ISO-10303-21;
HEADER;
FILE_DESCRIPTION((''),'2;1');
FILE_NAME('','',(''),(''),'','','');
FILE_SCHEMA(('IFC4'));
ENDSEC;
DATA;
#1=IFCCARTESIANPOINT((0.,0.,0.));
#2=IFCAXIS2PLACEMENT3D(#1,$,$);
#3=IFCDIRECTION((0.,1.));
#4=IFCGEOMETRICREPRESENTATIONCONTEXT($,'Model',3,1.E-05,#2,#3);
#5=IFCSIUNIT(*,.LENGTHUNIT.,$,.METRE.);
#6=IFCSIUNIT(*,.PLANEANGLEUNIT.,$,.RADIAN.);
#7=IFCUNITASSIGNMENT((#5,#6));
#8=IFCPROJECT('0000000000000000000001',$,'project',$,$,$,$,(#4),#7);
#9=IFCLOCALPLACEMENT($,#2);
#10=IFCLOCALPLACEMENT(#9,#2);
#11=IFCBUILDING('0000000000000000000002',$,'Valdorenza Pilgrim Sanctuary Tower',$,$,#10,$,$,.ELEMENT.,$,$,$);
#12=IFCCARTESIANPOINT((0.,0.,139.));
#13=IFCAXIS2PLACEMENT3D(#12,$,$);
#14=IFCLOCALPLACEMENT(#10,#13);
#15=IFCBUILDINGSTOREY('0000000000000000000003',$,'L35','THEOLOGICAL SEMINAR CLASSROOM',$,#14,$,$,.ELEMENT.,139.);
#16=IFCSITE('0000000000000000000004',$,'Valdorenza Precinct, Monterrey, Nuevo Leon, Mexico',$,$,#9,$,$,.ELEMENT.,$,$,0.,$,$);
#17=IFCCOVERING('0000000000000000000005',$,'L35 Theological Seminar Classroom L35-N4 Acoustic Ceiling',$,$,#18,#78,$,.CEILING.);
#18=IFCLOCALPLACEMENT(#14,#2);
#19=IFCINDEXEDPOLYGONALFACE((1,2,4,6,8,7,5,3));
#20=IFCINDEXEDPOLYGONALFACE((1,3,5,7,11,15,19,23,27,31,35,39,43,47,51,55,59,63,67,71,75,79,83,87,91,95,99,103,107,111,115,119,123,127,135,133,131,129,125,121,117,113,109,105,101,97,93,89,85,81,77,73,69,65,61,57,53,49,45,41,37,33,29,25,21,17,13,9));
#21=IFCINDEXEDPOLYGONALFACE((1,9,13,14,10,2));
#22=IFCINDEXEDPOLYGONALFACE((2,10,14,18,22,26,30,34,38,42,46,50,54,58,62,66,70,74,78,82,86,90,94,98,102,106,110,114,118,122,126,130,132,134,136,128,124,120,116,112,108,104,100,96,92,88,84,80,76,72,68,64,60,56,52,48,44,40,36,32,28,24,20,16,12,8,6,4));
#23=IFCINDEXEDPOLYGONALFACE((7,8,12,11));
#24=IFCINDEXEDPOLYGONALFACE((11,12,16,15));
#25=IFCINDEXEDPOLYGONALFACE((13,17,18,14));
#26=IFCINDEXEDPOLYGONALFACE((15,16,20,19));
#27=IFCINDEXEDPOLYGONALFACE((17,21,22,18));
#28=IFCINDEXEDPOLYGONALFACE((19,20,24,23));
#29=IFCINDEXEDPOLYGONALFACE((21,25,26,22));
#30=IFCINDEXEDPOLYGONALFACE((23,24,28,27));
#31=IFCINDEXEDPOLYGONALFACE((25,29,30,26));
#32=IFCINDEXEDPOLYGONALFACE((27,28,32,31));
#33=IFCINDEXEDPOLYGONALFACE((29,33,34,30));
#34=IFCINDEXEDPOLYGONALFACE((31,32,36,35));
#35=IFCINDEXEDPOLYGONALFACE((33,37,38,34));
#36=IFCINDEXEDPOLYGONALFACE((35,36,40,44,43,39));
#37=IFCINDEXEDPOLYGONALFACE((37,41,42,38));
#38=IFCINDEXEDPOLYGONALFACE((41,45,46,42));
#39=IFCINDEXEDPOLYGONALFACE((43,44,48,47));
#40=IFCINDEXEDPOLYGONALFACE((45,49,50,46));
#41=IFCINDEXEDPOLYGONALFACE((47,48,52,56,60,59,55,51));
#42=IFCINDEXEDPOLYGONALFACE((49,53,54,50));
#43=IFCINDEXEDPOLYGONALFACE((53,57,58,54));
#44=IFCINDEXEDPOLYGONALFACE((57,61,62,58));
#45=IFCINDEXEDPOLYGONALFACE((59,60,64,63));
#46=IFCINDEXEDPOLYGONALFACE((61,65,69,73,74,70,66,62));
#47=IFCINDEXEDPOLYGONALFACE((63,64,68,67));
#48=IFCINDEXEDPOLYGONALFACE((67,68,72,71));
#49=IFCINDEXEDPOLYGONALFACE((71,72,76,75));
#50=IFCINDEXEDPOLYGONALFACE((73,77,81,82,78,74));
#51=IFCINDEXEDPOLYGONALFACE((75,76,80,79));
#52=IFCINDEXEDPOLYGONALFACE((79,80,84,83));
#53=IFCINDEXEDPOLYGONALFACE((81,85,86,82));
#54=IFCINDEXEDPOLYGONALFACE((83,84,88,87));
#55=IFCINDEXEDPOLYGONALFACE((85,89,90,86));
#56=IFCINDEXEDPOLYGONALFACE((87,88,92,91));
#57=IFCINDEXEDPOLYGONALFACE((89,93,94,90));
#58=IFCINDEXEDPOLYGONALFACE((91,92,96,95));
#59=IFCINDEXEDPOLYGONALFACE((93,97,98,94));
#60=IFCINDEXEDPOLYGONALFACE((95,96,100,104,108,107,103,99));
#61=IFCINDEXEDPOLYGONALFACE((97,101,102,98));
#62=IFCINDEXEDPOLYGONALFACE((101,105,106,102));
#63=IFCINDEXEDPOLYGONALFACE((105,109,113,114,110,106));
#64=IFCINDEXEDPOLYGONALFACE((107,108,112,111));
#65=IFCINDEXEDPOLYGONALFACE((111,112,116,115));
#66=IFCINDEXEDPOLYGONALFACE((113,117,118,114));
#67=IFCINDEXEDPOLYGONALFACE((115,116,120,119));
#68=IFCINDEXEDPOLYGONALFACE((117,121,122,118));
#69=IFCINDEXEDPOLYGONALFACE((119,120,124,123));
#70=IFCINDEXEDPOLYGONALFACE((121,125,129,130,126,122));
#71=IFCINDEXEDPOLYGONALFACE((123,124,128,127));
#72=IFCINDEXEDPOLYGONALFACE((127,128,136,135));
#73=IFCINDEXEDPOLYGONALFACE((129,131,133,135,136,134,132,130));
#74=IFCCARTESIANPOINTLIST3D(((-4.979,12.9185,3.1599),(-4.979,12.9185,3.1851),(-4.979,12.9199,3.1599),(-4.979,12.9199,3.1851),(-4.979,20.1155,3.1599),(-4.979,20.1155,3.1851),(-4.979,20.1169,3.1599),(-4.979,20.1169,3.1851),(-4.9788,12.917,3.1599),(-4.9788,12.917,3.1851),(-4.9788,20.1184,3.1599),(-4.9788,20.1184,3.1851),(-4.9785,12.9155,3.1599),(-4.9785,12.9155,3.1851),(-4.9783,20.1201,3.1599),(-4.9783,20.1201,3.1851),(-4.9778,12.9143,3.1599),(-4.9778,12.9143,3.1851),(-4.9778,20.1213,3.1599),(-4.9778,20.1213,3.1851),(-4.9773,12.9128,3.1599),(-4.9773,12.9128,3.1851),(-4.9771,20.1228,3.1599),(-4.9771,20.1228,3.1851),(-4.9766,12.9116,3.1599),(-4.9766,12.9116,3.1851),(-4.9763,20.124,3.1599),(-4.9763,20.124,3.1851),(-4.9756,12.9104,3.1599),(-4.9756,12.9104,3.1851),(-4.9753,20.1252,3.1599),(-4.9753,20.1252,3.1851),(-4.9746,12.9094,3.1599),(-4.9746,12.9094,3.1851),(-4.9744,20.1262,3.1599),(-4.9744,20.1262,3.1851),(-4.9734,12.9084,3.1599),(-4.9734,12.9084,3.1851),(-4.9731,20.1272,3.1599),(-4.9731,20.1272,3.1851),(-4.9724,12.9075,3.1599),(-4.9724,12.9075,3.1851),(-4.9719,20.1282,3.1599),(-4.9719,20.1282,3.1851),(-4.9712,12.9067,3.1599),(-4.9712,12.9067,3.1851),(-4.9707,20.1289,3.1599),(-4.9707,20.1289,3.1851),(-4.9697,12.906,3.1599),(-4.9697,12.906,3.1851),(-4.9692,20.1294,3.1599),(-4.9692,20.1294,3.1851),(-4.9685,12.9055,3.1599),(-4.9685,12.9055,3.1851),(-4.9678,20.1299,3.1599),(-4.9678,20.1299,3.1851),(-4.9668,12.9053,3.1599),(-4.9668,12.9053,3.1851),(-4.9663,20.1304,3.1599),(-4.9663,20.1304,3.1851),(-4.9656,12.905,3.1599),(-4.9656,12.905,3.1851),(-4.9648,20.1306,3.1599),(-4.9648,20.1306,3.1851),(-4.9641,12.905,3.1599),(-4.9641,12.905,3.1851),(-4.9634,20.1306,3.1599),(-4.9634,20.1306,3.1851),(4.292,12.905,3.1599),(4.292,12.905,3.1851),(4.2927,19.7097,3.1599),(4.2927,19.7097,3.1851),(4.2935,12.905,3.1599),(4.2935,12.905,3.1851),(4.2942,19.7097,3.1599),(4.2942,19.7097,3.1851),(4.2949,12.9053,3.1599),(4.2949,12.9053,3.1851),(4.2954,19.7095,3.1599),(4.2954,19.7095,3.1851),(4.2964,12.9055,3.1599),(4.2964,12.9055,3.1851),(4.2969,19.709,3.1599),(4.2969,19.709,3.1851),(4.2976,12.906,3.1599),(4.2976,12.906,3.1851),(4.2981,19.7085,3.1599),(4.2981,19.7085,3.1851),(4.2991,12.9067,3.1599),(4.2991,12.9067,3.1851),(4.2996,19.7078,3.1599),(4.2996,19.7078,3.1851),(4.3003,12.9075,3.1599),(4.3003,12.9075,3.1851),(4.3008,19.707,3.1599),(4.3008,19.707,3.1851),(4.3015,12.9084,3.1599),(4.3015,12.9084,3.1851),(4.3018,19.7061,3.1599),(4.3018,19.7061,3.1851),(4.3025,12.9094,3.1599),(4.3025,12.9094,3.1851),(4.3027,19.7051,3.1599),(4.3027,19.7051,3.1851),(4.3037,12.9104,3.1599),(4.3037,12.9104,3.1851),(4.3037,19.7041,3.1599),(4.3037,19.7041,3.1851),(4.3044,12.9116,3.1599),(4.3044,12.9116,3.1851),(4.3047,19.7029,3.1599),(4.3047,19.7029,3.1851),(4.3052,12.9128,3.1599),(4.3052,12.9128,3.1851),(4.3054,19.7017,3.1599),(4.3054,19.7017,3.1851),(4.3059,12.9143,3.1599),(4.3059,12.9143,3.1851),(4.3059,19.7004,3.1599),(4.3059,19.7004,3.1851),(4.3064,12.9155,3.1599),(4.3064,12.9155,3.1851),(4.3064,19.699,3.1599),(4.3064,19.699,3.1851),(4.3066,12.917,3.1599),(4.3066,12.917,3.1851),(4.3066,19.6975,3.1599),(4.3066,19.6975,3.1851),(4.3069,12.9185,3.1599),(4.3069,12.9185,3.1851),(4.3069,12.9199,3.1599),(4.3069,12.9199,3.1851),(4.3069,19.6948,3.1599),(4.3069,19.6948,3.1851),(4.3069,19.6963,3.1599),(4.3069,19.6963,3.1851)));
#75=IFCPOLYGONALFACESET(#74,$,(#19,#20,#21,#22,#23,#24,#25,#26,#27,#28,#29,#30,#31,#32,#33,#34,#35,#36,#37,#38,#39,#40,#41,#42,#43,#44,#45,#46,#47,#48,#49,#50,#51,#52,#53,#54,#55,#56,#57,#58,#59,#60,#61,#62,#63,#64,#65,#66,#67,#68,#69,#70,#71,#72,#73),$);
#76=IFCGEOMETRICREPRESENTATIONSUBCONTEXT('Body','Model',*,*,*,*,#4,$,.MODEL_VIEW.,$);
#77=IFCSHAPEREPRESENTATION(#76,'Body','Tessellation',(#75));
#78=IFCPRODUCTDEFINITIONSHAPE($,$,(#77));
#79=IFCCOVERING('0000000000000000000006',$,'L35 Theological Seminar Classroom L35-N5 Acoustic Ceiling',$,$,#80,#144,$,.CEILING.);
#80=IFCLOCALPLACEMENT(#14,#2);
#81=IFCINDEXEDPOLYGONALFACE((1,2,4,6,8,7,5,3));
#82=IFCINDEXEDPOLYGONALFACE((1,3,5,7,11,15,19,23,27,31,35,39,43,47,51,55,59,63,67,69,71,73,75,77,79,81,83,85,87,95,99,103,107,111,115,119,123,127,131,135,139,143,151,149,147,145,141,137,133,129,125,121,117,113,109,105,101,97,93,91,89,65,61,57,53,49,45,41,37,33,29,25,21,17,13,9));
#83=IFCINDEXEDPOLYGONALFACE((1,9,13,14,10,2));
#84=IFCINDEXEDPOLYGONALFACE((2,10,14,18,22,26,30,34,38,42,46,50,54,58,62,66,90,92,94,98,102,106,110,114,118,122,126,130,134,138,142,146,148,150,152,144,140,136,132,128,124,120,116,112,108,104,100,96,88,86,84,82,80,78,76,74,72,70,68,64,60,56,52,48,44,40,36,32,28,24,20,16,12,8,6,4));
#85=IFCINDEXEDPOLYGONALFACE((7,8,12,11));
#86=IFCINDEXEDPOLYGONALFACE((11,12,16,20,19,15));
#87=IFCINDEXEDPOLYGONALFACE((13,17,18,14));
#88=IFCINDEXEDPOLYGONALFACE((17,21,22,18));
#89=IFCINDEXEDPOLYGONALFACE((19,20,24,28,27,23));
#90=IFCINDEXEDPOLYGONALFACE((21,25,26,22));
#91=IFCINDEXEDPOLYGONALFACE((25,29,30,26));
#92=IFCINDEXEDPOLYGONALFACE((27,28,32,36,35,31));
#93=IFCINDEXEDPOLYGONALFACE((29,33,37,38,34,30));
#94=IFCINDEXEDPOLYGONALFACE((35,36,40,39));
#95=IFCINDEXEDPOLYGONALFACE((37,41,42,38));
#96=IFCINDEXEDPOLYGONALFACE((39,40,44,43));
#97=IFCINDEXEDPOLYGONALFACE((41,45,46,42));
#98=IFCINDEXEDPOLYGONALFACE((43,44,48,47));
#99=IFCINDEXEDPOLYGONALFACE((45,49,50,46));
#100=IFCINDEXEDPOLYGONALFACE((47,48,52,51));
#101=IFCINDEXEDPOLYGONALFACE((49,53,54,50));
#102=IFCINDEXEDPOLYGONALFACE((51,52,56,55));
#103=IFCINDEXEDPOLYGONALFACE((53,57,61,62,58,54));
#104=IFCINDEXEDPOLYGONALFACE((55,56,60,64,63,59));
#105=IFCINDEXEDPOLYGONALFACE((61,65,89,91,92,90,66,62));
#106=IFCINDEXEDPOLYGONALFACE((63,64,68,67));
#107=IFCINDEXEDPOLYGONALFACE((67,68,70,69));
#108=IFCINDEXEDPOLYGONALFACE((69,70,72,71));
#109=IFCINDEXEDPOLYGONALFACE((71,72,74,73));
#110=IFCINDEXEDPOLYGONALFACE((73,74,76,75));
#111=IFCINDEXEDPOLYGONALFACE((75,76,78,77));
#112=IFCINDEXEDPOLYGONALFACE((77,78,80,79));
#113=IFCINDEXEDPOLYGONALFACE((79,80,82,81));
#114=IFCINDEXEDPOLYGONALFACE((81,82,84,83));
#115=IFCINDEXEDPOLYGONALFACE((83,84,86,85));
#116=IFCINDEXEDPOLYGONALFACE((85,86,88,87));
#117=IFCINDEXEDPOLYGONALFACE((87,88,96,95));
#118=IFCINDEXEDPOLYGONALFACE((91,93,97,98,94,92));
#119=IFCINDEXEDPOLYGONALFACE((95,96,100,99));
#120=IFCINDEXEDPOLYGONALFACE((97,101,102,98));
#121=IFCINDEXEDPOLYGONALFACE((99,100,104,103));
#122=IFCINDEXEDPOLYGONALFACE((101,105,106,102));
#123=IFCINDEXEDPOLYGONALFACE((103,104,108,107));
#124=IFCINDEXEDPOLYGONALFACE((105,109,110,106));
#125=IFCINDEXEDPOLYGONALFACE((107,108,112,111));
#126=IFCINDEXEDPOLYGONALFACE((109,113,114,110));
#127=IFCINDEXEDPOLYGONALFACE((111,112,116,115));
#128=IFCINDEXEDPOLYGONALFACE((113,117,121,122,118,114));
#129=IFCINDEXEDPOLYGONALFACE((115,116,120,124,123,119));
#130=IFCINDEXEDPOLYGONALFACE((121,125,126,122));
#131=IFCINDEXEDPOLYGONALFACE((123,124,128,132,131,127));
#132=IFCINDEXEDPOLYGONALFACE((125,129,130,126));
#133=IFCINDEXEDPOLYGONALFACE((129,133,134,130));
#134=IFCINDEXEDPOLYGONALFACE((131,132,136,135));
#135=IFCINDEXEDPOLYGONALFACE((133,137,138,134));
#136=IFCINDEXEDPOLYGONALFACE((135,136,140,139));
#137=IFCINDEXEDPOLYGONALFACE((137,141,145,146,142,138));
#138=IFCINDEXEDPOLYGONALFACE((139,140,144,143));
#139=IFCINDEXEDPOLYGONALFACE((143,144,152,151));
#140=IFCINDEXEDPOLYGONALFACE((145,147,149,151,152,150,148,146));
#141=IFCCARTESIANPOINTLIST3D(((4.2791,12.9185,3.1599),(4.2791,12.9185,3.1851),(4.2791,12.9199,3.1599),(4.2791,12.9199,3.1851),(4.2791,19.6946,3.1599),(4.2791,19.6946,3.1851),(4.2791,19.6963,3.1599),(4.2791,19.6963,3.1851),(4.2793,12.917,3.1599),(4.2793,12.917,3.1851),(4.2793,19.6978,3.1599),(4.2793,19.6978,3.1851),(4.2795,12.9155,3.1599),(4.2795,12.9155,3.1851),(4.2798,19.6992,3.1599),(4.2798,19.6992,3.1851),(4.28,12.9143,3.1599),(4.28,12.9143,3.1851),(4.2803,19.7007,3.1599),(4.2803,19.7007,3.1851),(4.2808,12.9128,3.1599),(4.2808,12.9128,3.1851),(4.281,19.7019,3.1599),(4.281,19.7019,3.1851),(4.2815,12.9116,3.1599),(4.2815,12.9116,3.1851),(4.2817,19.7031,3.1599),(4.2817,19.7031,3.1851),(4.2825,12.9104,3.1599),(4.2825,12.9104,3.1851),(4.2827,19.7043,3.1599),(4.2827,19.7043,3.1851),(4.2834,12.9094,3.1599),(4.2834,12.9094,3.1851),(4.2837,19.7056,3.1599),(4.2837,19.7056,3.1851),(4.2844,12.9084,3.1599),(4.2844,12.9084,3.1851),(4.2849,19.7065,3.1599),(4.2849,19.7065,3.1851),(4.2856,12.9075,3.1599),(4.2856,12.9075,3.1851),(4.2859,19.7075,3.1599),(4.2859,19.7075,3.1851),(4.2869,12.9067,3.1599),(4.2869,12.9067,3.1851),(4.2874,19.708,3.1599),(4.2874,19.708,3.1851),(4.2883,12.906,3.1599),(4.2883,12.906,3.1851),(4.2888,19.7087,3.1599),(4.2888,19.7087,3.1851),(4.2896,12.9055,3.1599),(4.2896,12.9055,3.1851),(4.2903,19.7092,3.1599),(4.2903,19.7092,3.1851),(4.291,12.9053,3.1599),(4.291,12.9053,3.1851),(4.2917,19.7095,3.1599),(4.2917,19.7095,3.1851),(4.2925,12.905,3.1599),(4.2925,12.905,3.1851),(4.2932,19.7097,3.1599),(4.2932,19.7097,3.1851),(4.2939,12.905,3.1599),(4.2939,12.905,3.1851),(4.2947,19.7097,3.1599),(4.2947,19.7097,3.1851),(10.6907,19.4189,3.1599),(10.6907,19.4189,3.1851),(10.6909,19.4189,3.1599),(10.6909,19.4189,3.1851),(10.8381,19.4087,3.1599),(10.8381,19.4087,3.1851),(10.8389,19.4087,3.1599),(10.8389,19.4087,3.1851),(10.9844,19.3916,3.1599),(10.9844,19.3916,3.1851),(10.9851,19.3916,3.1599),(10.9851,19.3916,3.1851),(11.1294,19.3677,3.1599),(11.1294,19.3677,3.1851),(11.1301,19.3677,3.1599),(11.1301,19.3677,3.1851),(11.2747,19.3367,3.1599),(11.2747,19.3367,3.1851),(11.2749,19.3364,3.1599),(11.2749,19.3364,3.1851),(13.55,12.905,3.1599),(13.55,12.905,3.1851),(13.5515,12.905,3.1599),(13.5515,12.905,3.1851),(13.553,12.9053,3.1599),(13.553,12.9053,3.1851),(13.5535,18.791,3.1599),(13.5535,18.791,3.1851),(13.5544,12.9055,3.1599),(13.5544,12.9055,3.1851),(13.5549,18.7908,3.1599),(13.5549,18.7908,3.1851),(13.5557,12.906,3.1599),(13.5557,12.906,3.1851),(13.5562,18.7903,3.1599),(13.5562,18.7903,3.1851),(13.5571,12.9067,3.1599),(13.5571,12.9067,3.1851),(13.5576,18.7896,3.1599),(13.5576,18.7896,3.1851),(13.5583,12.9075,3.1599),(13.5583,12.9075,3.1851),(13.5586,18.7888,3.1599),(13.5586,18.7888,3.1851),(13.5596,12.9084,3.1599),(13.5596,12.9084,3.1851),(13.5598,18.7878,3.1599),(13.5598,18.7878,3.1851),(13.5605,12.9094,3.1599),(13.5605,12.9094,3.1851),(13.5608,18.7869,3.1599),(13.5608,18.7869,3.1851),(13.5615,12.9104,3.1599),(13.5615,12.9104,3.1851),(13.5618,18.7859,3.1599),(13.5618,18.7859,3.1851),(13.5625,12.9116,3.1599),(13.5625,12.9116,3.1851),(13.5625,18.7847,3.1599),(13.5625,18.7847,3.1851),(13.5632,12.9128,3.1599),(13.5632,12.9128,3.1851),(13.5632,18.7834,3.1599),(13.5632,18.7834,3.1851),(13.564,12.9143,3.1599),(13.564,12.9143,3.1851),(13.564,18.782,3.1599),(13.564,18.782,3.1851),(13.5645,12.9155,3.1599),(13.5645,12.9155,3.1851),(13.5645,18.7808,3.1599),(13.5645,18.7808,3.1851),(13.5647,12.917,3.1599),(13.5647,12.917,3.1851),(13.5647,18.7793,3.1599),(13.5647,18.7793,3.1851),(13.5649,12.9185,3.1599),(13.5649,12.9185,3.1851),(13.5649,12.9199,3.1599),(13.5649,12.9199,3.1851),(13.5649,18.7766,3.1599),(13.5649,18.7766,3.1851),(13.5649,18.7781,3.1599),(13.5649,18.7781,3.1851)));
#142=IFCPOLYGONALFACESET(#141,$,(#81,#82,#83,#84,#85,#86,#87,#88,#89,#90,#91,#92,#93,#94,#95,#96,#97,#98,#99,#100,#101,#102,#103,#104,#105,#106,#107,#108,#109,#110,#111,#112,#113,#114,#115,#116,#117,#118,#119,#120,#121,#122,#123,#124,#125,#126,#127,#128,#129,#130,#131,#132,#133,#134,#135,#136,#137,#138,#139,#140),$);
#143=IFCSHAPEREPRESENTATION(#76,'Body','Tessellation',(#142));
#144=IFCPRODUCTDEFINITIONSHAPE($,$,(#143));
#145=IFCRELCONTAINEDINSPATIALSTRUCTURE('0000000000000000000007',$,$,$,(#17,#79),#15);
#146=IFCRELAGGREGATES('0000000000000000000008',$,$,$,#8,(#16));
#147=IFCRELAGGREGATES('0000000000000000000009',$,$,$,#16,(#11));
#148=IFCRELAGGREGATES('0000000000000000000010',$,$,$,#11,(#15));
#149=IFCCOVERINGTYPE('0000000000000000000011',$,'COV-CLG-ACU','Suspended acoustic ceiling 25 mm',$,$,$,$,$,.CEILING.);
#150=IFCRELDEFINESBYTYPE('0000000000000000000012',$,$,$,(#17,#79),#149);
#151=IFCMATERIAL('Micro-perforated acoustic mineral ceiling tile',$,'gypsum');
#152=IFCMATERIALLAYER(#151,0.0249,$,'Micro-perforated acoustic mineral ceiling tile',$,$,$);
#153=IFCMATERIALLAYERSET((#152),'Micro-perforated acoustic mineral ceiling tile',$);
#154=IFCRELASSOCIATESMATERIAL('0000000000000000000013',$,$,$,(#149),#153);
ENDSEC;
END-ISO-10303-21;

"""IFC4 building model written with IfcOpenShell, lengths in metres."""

from ifc_helpers import new_model, si_unit, direction, frame, origin, place, context, subcontext, project, spatial, polyline, outline, extrude, material, layer, layer_set, type_object, element, save


model = new_model("IFC4")

# Units and contexts
model_context = context("Model", 3, precision=1e-05, world=origin(), true_north=direction((0.0, 1.0)))
body_context = subcontext(model_context, "Body", "Model", "MODEL_VIEW")
ifc_project = project(units=[si_unit("LENGTHUNIT", "METRE"), si_unit("PLANEANGLEUNIT", "RADIAN")], contexts=[model_context])

# Site, building, storey
site_placement = place(None, origin())
site = spatial("IfcSite", under=ifc_project, at=site_placement, Name="Valdorenza Precinct, Monterrey, Nuevo Leon, Mexico", CompositionType="ELEMENT", RefElevation=0.0)
building_placement = place(site_placement, origin())
building = spatial("IfcBuilding", under=site, at=building_placement, Name="Valdorenza Pilgrim Sanctuary Tower", CompositionType="ELEMENT")
storey_placement = place(building_placement, frame((0.0, 0.0, 139.0)))
storey = spatial("IfcBuildingStorey", under=building, at=storey_placement, Name="L35", Description="THEOLOGICAL SEMINAR CLASSROOM", CompositionType="ELEMENT", Elevation=139.0)

# Coverings
ifc_material_1 = material(Name="Micro-perforated acoustic mineral ceiling tile", Category="gypsum")
ifc_layer_1 = layer(ifc_material_1, 0.0249, Name="Micro-perforated acoustic mineral ceiling tile")
ifc_layer_set_1 = layer_set([ifc_layer_1], Name="Micro-perforated acoustic mineral ceiling tile")
covering_type_1 = type_object("IfcCoveringType", Name="COV-CLG-ACU", Description="Suspended acoustic ceiling 25 mm", PredefinedType="CEILING", material=ifc_layer_set_1)
covering_1_placement = place(storey_placement, frame((0.0, 0.0, 3.1599)))
element("IfcCovering", 1, at=covering_1_placement, inside=storey, type_object=covering_type_1, Name="L35 Theological Seminar Classroom L35-N4 Acoustic Ceiling", PredefinedType="CEILING", context=body_context, shape_type="SweptSolid", body=[
    extrude(outline(polyline([(-4.9641, 12.905), (-4.9656, 12.905), (-4.9668, 12.9053), (-4.9685, 12.9055), (-4.9697, 12.906), (-4.9712, 12.9067), (-4.9724, 12.9075), (-4.9734, 12.9084), (-4.9746, 12.9094), (-4.9756, 12.9104), (-4.9766, 12.9116), (-4.9773, 12.9128), (-4.9778, 12.9143), (-4.9785, 12.9155), (-4.9788, 12.917), (-4.979, 12.9185), (-4.979, 12.9199), (-4.979, 20.1155), (-4.979, 20.1169), (-4.9788, 20.1184), (-4.9783, 20.1201), (-4.9778, 20.1213), (-4.9771, 20.1228), (-4.9763, 20.124), (-4.9753, 20.1252), (-4.9744, 20.1262), (-4.9731, 20.1272), (-4.9719, 20.1282), (-4.9707, 20.1289), (-4.9692, 20.1294), (-4.9678, 20.1299), (-4.9663, 20.1304), (-4.9648, 20.1306), (-4.9634, 20.1306), (4.2927, 19.7097), (4.2942, 19.7097), (4.2954, 19.7095), (4.2969, 19.709), (4.2981, 19.7085), (4.2996, 19.7078), (4.3008, 19.707), (4.3018, 19.7061), (4.3027, 19.7051), (4.3037, 19.7041), (4.3047, 19.7029), (4.3054, 19.7017), (4.3059, 19.7004), (4.3064, 19.699), (4.3066, 19.6975), (4.3069, 19.6963), (4.3069, 19.6948), (4.3069, 12.9199), (4.3069, 12.9185), (4.3066, 12.917), (4.3064, 12.9155), (4.3059, 12.9143), (4.3052, 12.9128), (4.3044, 12.9116), (4.3037, 12.9104), (4.3025, 12.9094), (4.3015, 12.9084), (4.3003, 12.9075), (4.2991, 12.9067), (4.2976, 12.906), (4.2964, 12.9055), (4.2949, 12.9053), (4.2935, 12.905), (4.292, 12.905), (-4.9641, 12.905)])), origin(), (0.0, 0.0, 1.0), 0.0251),
])
covering_2_placement = place(storey_placement, frame((0.0, 0.0, 3.1599)))
element("IfcCovering", 2, at=covering_2_placement, inside=storey, type_object=covering_type_1, Name="L35 Theological Seminar Classroom L35-N5 Acoustic Ceiling", PredefinedType="CEILING", context=body_context, shape_type="SweptSolid", body=[
    extrude(outline(polyline([(4.2939, 12.905), (4.2925, 12.905), (4.291, 12.9053), (4.2896, 12.9055), (4.2883, 12.906), (4.2869, 12.9067), (4.2856, 12.9075), (4.2844, 12.9084), (4.2834, 12.9094), (4.2825, 12.9104), (4.2815, 12.9116), (4.2808, 12.9128), (4.28, 12.9143), (4.2795, 12.9155), (4.2793, 12.917), (4.2791, 12.9185), (4.2791, 12.9199), (4.2791, 19.6946), (4.2791, 19.6963), (4.2793, 19.6978), (4.2798, 19.6992), (4.2803, 19.7007), (4.281, 19.7019), (4.2817, 19.7031), (4.2827, 19.7043), (4.2837, 19.7056), (4.2849, 19.7065), (4.2859, 19.7075), (4.2874, 19.708), (4.2888, 19.7087), (4.2903, 19.7092), (4.2917, 19.7095), (4.2932, 19.7097), (4.2947, 19.7097), (10.6907, 19.4189), (10.6909, 19.4189), (10.8381, 19.4087), (10.8389, 19.4087), (10.9844, 19.3916), (10.9851, 19.3916), (11.1294, 19.3677), (11.1301, 19.3677), (11.2747, 19.3367), (11.2749, 19.3364), (13.5535, 18.791), (13.5549, 18.7908), (13.5562, 18.7903), (13.5576, 18.7896), (13.5586, 18.7888), (13.5598, 18.7878), (13.5608, 18.7869), (13.5618, 18.7859), (13.5625, 18.7847), (13.5632, 18.7834), (13.564, 18.782), (13.5645, 18.7808), (13.5647, 18.7793), (13.5649, 18.7781), (13.5649, 18.7766), (13.5649, 12.9199), (13.5649, 12.9185), (13.5647, 12.917), (13.5645, 12.9155), (13.564, 12.9143), (13.5632, 12.9128), (13.5625, 12.9116), (13.5615, 12.9104), (13.5605, 12.9094), (13.5596, 12.9084), (13.5583, 12.9075), (13.5571, 12.9067), (13.5557, 12.906), (13.5544, 12.9055), (13.553, 12.9053), (13.5515, 12.905), (13.55, 12.905), (4.2939, 12.905)])), origin(), (0.0, 0.0, 1.0), 0.0251),
])

save(model, "model.ifc")
